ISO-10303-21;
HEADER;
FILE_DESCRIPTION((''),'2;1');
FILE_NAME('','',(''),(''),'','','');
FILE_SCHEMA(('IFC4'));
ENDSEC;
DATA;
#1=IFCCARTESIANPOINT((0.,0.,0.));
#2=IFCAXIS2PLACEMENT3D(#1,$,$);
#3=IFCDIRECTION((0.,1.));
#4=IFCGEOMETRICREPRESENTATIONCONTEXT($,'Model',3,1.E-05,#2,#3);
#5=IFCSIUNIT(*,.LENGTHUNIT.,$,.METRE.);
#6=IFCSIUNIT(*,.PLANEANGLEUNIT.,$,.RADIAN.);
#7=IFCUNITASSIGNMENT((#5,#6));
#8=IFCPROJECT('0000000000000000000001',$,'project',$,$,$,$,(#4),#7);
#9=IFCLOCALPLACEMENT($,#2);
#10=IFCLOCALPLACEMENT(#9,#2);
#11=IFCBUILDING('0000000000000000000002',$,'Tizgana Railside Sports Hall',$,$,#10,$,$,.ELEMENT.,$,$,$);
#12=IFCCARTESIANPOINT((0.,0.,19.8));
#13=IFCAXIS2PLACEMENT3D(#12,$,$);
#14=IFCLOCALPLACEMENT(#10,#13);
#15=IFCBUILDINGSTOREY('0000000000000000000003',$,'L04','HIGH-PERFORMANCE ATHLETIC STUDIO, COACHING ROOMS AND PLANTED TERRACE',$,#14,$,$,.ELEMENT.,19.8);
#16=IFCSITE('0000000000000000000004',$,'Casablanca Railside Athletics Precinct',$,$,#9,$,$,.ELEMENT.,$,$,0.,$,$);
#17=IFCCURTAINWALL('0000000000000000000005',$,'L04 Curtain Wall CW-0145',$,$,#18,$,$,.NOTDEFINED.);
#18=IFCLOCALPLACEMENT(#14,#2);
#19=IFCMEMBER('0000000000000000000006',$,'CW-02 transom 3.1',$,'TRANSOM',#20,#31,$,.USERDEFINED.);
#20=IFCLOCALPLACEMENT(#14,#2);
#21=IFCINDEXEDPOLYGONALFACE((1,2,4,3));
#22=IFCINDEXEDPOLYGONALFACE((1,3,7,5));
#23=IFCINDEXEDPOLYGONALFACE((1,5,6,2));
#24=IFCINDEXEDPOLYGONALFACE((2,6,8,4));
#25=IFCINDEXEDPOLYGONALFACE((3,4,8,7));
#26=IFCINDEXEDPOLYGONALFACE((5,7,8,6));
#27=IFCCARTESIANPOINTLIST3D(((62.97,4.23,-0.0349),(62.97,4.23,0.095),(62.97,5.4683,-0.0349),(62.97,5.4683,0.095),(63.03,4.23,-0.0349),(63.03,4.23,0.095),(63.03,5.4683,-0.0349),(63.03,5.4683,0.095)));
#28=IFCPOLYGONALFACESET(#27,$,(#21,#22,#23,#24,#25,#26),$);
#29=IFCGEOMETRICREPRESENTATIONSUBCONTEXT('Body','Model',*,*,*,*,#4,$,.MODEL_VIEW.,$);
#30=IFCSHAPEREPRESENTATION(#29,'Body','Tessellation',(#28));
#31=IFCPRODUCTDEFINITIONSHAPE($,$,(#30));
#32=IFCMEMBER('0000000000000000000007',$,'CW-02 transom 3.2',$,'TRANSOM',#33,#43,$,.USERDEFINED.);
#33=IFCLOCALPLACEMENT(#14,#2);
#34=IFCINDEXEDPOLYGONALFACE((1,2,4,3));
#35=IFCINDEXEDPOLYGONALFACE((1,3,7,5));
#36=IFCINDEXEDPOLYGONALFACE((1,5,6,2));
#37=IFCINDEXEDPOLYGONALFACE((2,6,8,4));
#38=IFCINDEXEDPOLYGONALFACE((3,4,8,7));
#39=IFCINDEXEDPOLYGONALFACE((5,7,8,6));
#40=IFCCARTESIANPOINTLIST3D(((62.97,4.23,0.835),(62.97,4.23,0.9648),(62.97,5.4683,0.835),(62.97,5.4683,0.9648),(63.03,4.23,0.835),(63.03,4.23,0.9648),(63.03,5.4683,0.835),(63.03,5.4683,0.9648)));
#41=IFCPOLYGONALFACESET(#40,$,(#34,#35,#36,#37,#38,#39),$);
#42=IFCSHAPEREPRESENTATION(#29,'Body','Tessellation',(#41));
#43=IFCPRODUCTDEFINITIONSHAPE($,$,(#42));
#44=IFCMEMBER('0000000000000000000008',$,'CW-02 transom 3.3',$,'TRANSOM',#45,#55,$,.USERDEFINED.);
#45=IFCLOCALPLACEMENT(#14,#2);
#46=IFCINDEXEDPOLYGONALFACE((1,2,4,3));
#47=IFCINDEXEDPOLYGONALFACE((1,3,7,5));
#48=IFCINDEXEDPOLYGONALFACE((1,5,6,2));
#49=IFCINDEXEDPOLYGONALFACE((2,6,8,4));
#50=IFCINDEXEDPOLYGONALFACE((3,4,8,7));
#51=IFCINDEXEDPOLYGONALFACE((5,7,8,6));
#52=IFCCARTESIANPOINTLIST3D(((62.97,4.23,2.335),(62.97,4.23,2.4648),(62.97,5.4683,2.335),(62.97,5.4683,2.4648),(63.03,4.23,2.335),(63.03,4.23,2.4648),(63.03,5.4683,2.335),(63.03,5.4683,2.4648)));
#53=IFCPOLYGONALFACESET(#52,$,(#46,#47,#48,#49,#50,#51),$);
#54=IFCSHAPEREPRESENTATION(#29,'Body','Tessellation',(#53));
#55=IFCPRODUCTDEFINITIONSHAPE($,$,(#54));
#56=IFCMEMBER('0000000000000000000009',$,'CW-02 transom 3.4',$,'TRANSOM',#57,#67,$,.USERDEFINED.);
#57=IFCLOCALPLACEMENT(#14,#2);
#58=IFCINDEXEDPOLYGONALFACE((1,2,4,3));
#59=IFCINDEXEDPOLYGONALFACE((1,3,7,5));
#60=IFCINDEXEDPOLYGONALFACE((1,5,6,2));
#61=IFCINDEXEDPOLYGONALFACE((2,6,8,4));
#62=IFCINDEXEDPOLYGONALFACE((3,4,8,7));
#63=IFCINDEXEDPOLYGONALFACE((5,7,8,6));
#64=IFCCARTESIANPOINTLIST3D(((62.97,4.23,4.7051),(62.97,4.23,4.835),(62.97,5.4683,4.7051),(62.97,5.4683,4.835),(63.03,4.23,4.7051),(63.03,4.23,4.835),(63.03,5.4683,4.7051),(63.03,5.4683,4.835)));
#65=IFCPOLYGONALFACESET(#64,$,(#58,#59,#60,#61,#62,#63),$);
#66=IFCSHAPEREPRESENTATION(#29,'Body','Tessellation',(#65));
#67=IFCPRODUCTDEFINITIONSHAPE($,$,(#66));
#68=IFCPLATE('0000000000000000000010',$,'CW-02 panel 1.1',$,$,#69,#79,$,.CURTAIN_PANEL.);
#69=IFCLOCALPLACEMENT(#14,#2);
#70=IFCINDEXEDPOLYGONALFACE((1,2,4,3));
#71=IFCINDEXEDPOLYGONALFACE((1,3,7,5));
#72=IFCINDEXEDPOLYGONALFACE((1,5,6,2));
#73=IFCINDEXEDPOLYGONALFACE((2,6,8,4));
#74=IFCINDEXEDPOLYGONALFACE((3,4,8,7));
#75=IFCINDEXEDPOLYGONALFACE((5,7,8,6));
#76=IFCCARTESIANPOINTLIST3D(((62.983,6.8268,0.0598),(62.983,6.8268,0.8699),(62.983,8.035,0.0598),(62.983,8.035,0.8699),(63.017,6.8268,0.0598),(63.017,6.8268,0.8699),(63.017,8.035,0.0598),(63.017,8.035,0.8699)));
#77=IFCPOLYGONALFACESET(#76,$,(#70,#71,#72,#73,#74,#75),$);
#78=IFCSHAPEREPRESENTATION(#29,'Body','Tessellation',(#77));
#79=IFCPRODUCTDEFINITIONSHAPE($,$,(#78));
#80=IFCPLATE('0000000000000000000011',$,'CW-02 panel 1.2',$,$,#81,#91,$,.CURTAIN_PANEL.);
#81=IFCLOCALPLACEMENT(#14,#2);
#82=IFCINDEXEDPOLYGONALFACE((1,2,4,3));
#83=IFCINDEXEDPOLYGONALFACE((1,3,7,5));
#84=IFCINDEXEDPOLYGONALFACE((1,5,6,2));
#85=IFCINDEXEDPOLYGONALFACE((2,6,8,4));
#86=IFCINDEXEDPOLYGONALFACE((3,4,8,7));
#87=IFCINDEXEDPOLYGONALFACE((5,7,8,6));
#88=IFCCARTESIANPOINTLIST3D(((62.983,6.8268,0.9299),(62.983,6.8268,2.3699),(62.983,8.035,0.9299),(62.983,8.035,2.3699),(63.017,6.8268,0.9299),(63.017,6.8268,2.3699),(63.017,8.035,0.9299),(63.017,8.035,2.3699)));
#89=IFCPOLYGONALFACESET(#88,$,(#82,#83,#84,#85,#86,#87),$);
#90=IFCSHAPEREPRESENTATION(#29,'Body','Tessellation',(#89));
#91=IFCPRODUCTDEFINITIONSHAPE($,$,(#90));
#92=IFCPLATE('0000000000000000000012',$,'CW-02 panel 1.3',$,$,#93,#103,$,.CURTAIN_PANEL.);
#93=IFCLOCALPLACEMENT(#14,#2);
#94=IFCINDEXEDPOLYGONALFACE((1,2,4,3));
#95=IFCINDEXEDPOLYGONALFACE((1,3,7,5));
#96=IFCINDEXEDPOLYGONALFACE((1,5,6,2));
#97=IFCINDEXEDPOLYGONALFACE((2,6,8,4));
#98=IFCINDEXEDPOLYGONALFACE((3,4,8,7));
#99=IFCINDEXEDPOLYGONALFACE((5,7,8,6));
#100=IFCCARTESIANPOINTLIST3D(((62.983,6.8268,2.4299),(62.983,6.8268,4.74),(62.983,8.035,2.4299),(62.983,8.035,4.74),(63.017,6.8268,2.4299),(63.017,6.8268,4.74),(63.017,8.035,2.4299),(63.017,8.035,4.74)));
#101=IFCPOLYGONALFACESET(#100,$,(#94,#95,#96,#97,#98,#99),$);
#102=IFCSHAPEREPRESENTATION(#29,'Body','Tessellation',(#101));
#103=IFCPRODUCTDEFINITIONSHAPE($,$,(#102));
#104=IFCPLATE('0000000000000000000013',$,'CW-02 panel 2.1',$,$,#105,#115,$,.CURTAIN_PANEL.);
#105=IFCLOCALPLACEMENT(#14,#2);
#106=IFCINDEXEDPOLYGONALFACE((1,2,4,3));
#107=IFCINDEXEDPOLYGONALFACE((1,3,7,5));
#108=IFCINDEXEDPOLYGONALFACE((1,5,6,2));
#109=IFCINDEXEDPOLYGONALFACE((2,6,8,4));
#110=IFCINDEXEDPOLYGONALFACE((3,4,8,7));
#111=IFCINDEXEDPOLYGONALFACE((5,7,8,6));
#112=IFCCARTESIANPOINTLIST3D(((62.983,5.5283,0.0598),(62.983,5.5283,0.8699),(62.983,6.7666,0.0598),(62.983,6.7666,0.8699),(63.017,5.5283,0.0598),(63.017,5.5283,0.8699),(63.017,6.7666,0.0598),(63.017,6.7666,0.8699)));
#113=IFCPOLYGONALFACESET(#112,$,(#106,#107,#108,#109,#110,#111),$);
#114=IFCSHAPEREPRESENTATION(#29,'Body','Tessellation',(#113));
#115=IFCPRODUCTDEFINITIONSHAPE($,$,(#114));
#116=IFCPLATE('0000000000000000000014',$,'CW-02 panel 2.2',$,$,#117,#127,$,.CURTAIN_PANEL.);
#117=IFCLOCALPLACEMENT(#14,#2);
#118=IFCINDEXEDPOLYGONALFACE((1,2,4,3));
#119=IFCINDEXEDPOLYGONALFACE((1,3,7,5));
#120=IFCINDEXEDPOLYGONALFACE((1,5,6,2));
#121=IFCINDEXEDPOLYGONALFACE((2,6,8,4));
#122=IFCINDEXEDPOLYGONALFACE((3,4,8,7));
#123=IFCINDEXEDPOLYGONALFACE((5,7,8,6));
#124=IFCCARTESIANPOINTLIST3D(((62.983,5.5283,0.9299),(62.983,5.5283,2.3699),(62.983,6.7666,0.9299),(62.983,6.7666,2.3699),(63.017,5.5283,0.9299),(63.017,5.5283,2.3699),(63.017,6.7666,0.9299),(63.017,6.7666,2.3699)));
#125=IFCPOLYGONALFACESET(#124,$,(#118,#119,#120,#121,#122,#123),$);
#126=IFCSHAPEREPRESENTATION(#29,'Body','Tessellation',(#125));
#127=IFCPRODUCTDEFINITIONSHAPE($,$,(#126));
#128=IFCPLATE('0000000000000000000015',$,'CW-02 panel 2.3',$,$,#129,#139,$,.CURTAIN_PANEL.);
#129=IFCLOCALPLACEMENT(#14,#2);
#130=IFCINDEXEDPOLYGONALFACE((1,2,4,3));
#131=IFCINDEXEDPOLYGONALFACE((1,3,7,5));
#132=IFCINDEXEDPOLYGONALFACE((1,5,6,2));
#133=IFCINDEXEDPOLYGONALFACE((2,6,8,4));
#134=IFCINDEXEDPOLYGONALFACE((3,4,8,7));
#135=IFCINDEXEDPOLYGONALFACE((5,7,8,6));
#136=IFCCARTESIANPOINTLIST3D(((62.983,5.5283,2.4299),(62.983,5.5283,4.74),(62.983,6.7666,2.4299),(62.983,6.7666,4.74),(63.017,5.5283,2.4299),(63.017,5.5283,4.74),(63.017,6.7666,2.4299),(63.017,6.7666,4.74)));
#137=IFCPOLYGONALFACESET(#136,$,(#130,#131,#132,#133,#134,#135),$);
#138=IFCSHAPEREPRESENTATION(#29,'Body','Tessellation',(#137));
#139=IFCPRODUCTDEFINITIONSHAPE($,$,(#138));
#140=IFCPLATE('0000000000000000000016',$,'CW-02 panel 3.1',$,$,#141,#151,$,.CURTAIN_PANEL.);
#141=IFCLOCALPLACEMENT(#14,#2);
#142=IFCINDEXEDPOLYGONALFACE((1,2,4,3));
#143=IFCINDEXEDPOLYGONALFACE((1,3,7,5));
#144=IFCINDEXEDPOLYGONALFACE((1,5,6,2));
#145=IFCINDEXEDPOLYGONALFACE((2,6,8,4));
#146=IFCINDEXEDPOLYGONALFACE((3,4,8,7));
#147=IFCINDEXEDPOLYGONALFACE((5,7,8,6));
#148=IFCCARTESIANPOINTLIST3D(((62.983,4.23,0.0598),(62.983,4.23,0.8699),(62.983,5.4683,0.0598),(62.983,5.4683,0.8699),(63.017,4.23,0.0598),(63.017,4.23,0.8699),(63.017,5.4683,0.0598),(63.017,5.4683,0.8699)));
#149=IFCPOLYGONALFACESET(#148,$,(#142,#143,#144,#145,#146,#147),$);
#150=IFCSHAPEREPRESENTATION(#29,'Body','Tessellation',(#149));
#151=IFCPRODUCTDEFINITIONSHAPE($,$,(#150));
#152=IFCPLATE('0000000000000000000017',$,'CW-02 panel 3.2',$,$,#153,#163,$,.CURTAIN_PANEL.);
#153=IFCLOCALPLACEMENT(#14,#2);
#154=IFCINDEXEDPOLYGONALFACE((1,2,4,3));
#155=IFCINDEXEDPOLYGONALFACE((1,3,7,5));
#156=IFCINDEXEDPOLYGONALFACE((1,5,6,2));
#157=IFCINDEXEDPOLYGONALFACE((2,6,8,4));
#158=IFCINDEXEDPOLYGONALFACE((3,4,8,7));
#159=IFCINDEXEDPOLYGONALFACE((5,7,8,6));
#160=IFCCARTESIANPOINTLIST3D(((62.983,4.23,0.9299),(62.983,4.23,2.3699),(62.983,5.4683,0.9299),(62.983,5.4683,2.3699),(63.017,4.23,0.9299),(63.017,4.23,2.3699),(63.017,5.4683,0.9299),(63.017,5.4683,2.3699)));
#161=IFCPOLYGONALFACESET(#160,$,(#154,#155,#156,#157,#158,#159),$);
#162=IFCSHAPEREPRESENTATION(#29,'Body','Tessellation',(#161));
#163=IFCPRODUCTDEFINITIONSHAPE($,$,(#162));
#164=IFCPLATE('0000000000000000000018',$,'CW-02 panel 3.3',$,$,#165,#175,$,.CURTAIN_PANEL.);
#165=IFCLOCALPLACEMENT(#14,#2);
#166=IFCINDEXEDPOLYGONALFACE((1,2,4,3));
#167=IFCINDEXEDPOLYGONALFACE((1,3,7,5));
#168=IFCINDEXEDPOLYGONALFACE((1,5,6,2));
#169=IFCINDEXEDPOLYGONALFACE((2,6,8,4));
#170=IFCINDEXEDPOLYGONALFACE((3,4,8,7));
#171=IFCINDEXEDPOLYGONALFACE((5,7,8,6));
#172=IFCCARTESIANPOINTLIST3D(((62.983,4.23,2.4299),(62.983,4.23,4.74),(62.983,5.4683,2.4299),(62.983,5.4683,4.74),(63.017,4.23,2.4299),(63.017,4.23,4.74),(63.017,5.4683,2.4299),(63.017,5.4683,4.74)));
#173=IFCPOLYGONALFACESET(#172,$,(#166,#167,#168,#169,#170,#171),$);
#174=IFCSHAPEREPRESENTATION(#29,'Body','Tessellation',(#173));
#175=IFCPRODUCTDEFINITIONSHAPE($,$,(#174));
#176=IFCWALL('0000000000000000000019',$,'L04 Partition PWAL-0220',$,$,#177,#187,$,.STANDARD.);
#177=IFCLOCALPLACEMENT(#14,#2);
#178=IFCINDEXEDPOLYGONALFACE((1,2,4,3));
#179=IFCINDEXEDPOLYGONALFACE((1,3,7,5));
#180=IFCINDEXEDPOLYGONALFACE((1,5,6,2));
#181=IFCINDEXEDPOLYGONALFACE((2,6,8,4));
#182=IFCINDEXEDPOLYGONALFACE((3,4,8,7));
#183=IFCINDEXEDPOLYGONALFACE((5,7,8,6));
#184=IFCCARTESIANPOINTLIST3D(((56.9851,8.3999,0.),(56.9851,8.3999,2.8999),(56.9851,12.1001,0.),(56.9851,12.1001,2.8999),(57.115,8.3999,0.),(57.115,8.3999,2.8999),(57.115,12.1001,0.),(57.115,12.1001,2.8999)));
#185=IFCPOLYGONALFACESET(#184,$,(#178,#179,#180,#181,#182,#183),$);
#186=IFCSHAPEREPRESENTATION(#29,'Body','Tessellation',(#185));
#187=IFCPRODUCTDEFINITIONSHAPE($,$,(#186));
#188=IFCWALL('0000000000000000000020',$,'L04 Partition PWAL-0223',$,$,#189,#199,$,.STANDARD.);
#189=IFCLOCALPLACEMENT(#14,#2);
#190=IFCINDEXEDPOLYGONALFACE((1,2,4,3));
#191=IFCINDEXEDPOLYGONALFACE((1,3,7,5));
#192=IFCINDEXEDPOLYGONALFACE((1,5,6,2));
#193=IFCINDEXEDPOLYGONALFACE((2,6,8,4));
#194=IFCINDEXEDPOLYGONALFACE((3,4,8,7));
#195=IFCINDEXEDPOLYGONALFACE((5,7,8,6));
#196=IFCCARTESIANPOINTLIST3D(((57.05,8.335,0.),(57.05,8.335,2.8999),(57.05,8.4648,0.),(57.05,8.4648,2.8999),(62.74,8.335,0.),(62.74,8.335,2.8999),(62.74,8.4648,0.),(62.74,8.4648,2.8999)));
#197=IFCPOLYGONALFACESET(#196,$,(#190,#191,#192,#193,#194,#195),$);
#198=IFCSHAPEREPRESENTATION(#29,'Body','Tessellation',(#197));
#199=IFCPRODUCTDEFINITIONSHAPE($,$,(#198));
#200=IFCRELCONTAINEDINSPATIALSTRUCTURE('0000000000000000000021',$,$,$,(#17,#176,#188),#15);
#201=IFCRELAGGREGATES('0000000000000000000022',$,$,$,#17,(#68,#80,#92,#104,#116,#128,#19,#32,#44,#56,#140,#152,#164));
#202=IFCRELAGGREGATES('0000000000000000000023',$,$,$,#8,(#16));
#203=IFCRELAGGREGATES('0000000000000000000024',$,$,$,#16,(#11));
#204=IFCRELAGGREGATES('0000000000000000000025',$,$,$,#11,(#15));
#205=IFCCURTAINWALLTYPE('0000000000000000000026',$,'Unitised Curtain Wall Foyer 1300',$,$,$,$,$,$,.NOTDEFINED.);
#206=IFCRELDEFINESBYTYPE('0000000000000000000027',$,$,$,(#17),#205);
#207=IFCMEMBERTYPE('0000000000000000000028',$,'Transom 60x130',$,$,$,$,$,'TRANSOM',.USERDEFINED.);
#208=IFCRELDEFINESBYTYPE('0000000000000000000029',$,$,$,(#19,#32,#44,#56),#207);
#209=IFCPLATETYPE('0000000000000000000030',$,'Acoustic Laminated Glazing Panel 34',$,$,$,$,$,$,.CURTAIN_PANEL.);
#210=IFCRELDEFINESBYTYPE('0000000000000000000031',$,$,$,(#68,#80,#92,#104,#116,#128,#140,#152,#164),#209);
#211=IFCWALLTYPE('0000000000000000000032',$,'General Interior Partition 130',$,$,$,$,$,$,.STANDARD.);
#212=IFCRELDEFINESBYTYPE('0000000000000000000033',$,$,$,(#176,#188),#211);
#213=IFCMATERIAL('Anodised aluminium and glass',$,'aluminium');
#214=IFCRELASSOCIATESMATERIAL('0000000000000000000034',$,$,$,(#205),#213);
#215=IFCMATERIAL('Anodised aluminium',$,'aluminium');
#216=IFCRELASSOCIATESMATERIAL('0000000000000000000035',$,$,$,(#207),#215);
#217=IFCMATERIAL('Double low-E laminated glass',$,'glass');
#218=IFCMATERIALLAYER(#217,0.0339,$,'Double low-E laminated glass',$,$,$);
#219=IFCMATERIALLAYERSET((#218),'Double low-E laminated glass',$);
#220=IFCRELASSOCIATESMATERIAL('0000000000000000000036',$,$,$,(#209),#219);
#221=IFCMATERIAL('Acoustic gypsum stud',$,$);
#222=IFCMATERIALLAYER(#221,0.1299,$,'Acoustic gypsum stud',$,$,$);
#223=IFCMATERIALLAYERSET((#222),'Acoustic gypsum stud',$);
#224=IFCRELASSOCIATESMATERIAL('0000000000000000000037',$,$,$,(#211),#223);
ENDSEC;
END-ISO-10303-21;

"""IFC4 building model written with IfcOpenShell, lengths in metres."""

from ifc_helpers import new_model, si_unit, direction, frame, frame_2d, origin, origin_2d, place, context, subcontext, project, spatial, rectangle, extrude, material, layer, layer_set, material_profile, profile_set, type_object, element, aggregate, save


model = new_model("IFC4")

# Units and contexts
model_context = context("Model", 3, precision=1e-05, world=origin(), true_north=direction((0.0, 1.0)))
body_context = subcontext(model_context, "Body", "Model", "MODEL_VIEW")
ifc_project = project(units=[si_unit("LENGTHUNIT", "METRE"), si_unit("PLANEANGLEUNIT", "RADIAN")], contexts=[model_context])

# Site, building, storey
site_placement = place(None, origin())
site = spatial("IfcSite", under=ifc_project, at=site_placement, Name="Casablanca Railside Athletics Precinct", CompositionType="ELEMENT", RefElevation=0.0)
building_placement = place(site_placement, origin())
building = spatial("IfcBuilding", under=site, at=building_placement, Name="Tizgana Railside Sports Hall", CompositionType="ELEMENT")
storey_placement = place(building_placement, frame((0.0, 0.0, 19.8)))
storey = spatial("IfcBuildingStorey", under=building, at=storey_placement, Name="L04", Description="HIGH-PERFORMANCE ATHLETIC STUDIO, COACHING ROOMS AND PLANTED TERRACE", CompositionType="ELEMENT", Elevation=19.8)

# Curtain wall
ifc_material_1 = material(Name="Anodised aluminium and glass", Category="aluminium")
curtain_wall_type = type_object("IfcCurtainWallType", Name="Unitised Curtain Wall Foyer 1300", PredefinedType="NOTDEFINED", material=ifc_material_1)
curtain_wall_placement = place(storey_placement, origin())
curtain_wall = element("IfcCurtainWall", 1, at=curtain_wall_placement, inside=storey, type_object=curtain_wall_type, Name="L04 Curtain Wall CW-0145", PredefinedType="NOTDEFINED")
ifc_material_2 = material(Name="Anodised aluminium", Category="aluminium")

# Members
ifc_material_profile_1 = material_profile(ifc_material_2, rectangle(XDim=0.0601, YDim=0.1299, at=origin_2d()), Name="Transom 60x130")
ifc_profile_set_1 = profile_set([ifc_material_profile_1], Name="Anodised aluminium")
member_type_1 = type_object("IfcMemberType", Name="Transom 60x130", ElementType="TRANSOM", PredefinedType="USERDEFINED", material=ifc_profile_set_1)
member_1_placement = place(storey_placement, frame((63.0, 5.4683, 0.03), z_axis=(0.0, -1.0, 0.0), x_axis=(1.0, 0.0, 0.0)))
member_1 = element("IfcMember", 2, at=member_1_placement, type_object=member_type_1, Name="CW-02 transom 3.1", ObjectType="TRANSOM", PredefinedType="USERDEFINED", context=body_context, shape_type="SweptSolid", body=[
    extrude(rectangle(XDim=0.0601, YDim=0.1299, at=origin_2d()), origin(), (0.0, 0.0, 1.0), 1.2383),
])
member_2_placement = place(storey_placement, frame((63.0, 5.4683, 0.8999), z_axis=(0.0, -1.0, 0.0), x_axis=(1.0, 0.0, 0.0)))
member_2 = element("IfcMember", 3, at=member_2_placement, type_object=member_type_1, Name="CW-02 transom 3.2", ObjectType="TRANSOM", PredefinedType="USERDEFINED", context=body_context, shape_type="SweptSolid", body=[
    extrude(rectangle(XDim=0.0601, YDim=0.1299, at=origin_2d()), origin(), (0.0, 0.0, 1.0), 1.2383),
])
member_3_placement = place(storey_placement, frame((63.0, 5.4683, 2.3999), z_axis=(0.0, -1.0, 0.0), x_axis=(1.0, 0.0, 0.0)))
member_3 = element("IfcMember", 4, at=member_3_placement, type_object=member_type_1, Name="CW-02 transom 3.3", ObjectType="TRANSOM", PredefinedType="USERDEFINED", context=body_context, shape_type="SweptSolid", body=[
    extrude(rectangle(XDim=0.0601, YDim=0.1299, at=origin_2d()), origin(), (0.0, 0.0, 1.0), 1.2383),
])
member_4_placement = place(storey_placement, frame((63.0, 5.4683, 4.77), z_axis=(0.0, -1.0, 0.0), x_axis=(1.0, 0.0, 0.0)))
member_4 = element("IfcMember", 5, at=member_4_placement, type_object=member_type_1, Name="CW-02 transom 3.4", ObjectType="TRANSOM", PredefinedType="USERDEFINED", context=body_context, shape_type="SweptSolid", body=[
    extrude(rectangle(XDim=0.0601, YDim=0.1299, at=origin_2d()), origin(), (0.0, 0.0, 1.0), 1.2383),
])

# Plates
ifc_material_3 = material(Name="Double low-E laminated glass", Category="glass")
ifc_layer_1 = layer(ifc_material_3, 0.0339, Name="Double low-E laminated glass")
ifc_layer_set_1 = layer_set([ifc_layer_1], Name="Double low-E laminated glass")
plate_type = type_object("IfcPlateType", Name="Acoustic Laminated Glazing Panel 34", PredefinedType="CURTAIN_PANEL", material=ifc_layer_set_1)
plate_1_placement = place(storey_placement, frame((63.0, 7.4309, 0.0598), z_axis=(0.0, 0.0, 1.0), x_axis=(0.0, -1.0, 0.0)))
plate_1 = element("IfcPlate", 6, at=plate_1_placement, type_object=plate_type, Name="CW-02 panel 1.1", PredefinedType="CURTAIN_PANEL", context=body_context, shape_type="SweptSolid", body=[
    extrude(rectangle(XDim=1.2083, YDim=0.0339, at=origin_2d()), origin(), (0.0, 0.0, 1.0), 0.8101),
])
plate_2_placement = place(storey_placement, frame((63.0, 7.4309, 0.9299), z_axis=(0.0, 0.0, 1.0), x_axis=(0.0, -1.0, 0.0)))
plate_2 = element("IfcPlate", 7, at=plate_2_placement, type_object=plate_type, Name="CW-02 panel 1.2", PredefinedType="CURTAIN_PANEL", context=body_context, shape_type="SweptSolid", body=[
    extrude(rectangle(XDim=1.2083, YDim=0.0339, at=origin_2d()), origin(), (0.0, 0.0, 1.0), 1.4399),
])
plate_3_placement = place(storey_placement, frame((63.0, 7.4309, 2.4299), z_axis=(0.0, 0.0, 1.0), x_axis=(0.0, -1.0, 0.0)))
plate_3 = element("IfcPlate", 8, at=plate_3_placement, type_object=plate_type, Name="CW-02 panel 1.3", PredefinedType="CURTAIN_PANEL", context=body_context, shape_type="SweptSolid", body=[
    extrude(rectangle(XDim=1.2083, YDim=0.0339, at=origin_2d()), origin(), (0.0, 0.0, 1.0), 2.3101),
])
plate_4_placement = place(storey_placement, frame((63.0, 6.1475, 0.0598), z_axis=(0.0, 0.0, 1.0), x_axis=(0.0, -1.0, 0.0)))
plate_4 = element("IfcPlate", 9, at=plate_4_placement, type_object=plate_type, Name="CW-02 panel 2.1", PredefinedType="CURTAIN_PANEL", context=body_context, shape_type="SweptSolid", body=[
    extrude(rectangle(XDim=1.2383, YDim=0.0339, at=origin_2d()), origin(), (0.0, 0.0, 1.0), 0.8101),
])
plate_5_placement = place(storey_placement, frame((63.0, 6.1475, 0.9299), z_axis=(0.0, 0.0, 1.0), x_axis=(0.0, -1.0, 0.0)))
plate_5 = element("IfcPlate", 10, at=plate_5_placement, type_object=plate_type, Name="CW-02 panel 2.2", PredefinedType="CURTAIN_PANEL", context=body_context, shape_type="SweptSolid", body=[
    extrude(rectangle(XDim=1.2383, YDim=0.0339, at=origin_2d()), origin(), (0.0, 0.0, 1.0), 1.4399),
])
plate_6_placement = place(storey_placement, frame((63.0, 6.1475, 2.4299), z_axis=(0.0, 0.0, 1.0), x_axis=(0.0, -1.0, 0.0)))
plate_6 = element("IfcPlate", 11, at=plate_6_placement, type_object=plate_type, Name="CW-02 panel 2.3", PredefinedType="CURTAIN_PANEL", context=body_context, shape_type="SweptSolid", body=[
    extrude(rectangle(XDim=1.2383, YDim=0.0339, at=origin_2d()), origin(), (0.0, 0.0, 1.0), 2.3101),
])
plate_7_placement = place(storey_placement, frame((63.0, 4.8491, 0.0598), z_axis=(0.0, 0.0, 1.0), x_axis=(0.0, -1.0, 0.0)))
plate_7 = element("IfcPlate", 12, at=plate_7_placement, type_object=plate_type, Name="CW-02 panel 3.1", PredefinedType="CURTAIN_PANEL", context=body_context, shape_type="SweptSolid", body=[
    extrude(rectangle(XDim=1.2383, YDim=0.0339, at=origin_2d()), origin(), (0.0, 0.0, 1.0), 0.8101),
])
plate_8_placement = place(storey_placement, frame((63.0, 4.8491, 0.9299), z_axis=(0.0, 0.0, 1.0), x_axis=(0.0, -1.0, 0.0)))
plate_8 = element("IfcPlate", 13, at=plate_8_placement, type_object=plate_type, Name="CW-02 panel 3.2", PredefinedType="CURTAIN_PANEL", context=body_context, shape_type="SweptSolid", body=[
    extrude(rectangle(XDim=1.2383, YDim=0.0339, at=origin_2d()), origin(), (0.0, 0.0, 1.0), 1.4399),
])
plate_9_placement = place(storey_placement, frame((63.0, 4.8491, 2.4299), z_axis=(0.0, 0.0, 1.0), x_axis=(0.0, -1.0, 0.0)))
plate_9 = element("IfcPlate", 14, at=plate_9_placement, type_object=plate_type, Name="CW-02 panel 3.3", PredefinedType="CURTAIN_PANEL", context=body_context, shape_type="SweptSolid", body=[
    extrude(rectangle(XDim=1.2383, YDim=0.0339, at=origin_2d()), origin(), (0.0, 0.0, 1.0), 2.3101),
])
aggregate(curtain_wall, [plate_1, plate_2, plate_3, plate_4, plate_5, plate_6, member_1, member_2, member_3, member_4, plate_7, plate_8, plate_9])

# Walls
ifc_material_4 = material(Name="Acoustic gypsum stud")
ifc_layer_2 = layer(ifc_material_4, 0.1299, Name="Acoustic gypsum stud")
ifc_layer_set_2 = layer_set([ifc_layer_2], Name="Acoustic gypsum stud")
wall_type = type_object("IfcWallType", Name="General Interior Partition 130", PredefinedType="STANDARD", material=ifc_layer_set_2)
wall_1_placement = place(storey_placement, frame((57.05, 8.3999, 0.0), z_axis=(0.0, 0.0, 1.0), x_axis=(0.0, 1.0, 0.0)))
element("IfcWall", 15, at=wall_1_placement, inside=storey, type_object=wall_type, Name="L04 Partition PWAL-0220", PredefinedType="STANDARD", context=body_context, shape_type="SweptSolid", body=[
    extrude(rectangle(XDim=3.7002, YDim=0.1299, at=frame_2d((1.8501, 0.0))), origin(), (0.0, 0.0, 1.0), 2.8999),
])
wall_2_placement = place(storey_placement, frame((57.05, 8.3999, 0.0), z_axis=(0.0, 0.0, 1.0), x_axis=(1.0, 0.0, 0.0)))
element("IfcWall", 16, at=wall_2_placement, inside=storey, type_object=wall_type, Name="L04 Partition PWAL-0223", PredefinedType="STANDARD", context=body_context, shape_type="SweptSolid", body=[
    extrude(rectangle(XDim=5.6899, YDim=0.1299, at=frame_2d((2.845, 0.0))), origin(), (0.0, 0.0, 1.0), 2.8999),
])

save(model, "model.ifc")
